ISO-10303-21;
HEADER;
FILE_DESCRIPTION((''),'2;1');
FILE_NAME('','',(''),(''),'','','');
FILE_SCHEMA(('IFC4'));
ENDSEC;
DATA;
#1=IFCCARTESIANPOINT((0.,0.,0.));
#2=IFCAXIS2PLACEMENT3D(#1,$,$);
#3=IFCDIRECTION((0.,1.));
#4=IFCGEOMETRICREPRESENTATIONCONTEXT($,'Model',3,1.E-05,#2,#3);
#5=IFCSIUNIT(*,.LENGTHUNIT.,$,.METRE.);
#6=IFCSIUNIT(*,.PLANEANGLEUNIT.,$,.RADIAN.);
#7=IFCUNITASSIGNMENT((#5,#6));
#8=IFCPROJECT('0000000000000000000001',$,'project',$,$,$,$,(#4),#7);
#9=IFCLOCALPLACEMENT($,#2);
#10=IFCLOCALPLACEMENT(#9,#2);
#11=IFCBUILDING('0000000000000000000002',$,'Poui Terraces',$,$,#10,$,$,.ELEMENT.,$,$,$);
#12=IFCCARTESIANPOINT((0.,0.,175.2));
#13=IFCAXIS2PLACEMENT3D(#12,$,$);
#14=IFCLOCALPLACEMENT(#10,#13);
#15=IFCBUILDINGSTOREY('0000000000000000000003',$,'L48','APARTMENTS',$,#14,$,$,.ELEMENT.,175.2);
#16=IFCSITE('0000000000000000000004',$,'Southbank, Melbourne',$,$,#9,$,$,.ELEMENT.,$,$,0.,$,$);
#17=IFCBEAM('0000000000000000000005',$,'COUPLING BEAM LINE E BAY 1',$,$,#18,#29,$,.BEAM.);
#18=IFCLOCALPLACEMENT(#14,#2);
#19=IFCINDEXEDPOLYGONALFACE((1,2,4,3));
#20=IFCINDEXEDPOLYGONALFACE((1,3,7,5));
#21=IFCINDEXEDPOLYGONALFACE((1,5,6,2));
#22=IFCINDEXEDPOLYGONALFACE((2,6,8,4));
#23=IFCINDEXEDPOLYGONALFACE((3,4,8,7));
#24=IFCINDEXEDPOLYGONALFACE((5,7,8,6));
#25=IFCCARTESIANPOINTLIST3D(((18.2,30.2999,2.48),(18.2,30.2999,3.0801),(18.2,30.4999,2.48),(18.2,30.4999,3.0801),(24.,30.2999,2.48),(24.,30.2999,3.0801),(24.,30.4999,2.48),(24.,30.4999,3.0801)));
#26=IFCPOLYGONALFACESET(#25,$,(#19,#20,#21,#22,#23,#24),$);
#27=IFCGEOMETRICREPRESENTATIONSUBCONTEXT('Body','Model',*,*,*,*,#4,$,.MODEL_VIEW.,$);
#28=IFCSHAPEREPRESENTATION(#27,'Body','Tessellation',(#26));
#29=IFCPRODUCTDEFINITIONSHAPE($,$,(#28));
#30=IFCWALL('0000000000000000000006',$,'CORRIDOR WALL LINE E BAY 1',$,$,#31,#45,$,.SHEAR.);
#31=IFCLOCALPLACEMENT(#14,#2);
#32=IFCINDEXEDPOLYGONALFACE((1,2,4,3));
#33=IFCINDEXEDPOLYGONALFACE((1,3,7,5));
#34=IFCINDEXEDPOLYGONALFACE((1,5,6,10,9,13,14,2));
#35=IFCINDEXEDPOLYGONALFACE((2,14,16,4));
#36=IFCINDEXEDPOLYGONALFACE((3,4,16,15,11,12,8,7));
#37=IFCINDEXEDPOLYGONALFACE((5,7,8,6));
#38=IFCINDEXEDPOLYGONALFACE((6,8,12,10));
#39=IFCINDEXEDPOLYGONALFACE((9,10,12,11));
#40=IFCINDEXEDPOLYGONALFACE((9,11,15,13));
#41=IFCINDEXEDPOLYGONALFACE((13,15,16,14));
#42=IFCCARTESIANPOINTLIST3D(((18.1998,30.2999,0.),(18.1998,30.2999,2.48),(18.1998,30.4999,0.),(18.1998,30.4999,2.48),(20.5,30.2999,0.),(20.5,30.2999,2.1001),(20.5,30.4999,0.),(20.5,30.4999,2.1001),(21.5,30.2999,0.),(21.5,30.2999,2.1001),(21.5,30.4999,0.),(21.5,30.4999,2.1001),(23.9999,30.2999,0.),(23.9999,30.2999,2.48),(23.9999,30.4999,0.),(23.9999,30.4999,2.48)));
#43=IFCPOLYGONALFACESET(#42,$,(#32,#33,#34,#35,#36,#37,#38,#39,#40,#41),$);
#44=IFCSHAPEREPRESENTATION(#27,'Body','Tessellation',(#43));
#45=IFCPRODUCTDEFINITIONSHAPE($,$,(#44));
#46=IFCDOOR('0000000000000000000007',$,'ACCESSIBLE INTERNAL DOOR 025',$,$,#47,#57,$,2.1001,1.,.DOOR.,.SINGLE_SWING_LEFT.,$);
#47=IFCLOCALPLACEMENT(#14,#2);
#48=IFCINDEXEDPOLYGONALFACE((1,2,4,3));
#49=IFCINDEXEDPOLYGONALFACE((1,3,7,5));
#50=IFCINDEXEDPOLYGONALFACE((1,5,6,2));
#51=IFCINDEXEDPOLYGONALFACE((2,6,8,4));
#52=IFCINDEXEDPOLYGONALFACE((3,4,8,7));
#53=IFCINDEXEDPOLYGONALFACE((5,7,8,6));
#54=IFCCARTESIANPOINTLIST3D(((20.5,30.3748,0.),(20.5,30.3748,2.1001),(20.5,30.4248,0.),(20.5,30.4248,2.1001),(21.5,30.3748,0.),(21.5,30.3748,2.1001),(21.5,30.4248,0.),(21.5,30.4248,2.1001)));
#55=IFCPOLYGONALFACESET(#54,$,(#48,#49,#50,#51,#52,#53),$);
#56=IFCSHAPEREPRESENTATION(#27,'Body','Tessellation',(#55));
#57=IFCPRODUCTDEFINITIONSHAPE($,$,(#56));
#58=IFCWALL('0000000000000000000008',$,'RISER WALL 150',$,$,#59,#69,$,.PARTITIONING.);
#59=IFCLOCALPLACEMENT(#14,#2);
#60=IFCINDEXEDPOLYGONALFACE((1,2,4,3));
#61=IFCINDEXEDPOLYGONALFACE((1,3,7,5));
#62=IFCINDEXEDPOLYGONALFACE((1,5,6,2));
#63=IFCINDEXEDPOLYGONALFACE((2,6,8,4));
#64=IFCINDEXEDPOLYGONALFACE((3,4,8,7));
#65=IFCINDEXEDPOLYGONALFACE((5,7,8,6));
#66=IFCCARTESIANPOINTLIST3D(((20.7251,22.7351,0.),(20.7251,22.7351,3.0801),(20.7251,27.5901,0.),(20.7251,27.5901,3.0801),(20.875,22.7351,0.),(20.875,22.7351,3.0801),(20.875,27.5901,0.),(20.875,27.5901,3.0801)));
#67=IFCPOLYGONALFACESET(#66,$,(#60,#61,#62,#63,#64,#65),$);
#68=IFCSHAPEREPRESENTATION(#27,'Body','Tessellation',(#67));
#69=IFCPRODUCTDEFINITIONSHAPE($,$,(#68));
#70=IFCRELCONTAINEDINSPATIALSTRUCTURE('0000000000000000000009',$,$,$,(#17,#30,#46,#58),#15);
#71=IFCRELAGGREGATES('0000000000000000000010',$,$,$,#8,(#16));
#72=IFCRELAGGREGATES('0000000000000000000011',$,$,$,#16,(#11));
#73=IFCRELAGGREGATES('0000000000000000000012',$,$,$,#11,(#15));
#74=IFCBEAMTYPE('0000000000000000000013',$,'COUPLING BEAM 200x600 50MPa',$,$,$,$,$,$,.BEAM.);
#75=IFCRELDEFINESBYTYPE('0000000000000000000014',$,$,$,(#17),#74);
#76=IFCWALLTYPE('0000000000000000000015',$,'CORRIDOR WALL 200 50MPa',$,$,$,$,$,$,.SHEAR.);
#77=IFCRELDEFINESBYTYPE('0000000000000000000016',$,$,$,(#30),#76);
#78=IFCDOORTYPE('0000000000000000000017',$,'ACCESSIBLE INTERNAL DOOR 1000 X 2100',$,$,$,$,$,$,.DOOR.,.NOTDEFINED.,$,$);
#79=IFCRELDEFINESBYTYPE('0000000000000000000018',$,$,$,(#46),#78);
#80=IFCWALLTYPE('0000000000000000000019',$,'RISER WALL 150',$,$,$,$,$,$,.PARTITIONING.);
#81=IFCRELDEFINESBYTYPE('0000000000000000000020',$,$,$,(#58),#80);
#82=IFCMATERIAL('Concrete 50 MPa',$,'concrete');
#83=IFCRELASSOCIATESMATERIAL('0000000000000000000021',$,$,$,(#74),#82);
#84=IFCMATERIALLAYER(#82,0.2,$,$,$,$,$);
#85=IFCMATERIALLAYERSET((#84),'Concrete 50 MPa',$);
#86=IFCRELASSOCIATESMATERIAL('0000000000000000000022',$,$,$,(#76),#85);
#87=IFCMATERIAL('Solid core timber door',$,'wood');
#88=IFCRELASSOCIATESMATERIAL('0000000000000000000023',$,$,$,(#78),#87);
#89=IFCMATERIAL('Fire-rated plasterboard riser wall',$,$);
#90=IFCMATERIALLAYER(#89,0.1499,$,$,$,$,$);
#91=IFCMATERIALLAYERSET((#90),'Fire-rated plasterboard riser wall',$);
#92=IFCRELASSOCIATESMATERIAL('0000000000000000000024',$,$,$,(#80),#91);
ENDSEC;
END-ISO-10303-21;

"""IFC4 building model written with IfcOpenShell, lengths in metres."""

from ifc_helpers import new_model, si_unit, direction, frame, frame_2d, origin, origin_2d, place, context, subcontext, project, spatial, rectangle, extrude, source, transform, mapped, material, layer, layer_set, material_profile, profile_set, type_object, element, fill, save


model = new_model("IFC4")

# Units and contexts
model_context = context("Model", 3, precision=1e-05, world=origin(), true_north=direction((0.0, 1.0)))
body_context = subcontext(model_context, "Body", "Model", "MODEL_VIEW")
ifc_project = project(units=[si_unit("LENGTHUNIT", "METRE"), si_unit("PLANEANGLEUNIT", "RADIAN")], contexts=[model_context])

# Site, building, storey
site_placement = place(None, origin())
site = spatial("IfcSite", under=ifc_project, at=site_placement, Name="Southbank, Melbourne", CompositionType="ELEMENT", RefElevation=0.0)
building_placement = place(site_placement, origin())
building = spatial("IfcBuilding", under=site, at=building_placement, Name="Poui Terraces", CompositionType="ELEMENT")
storey_placement = place(building_placement, frame((0.0, 0.0, 175.2)))
storey = spatial("IfcBuildingStorey", under=building, at=storey_placement, Name="L48", Description="APARTMENTS", CompositionType="ELEMENT", Elevation=175.2)

# Beam
ifc_material_1 = material(Name="Concrete 50 MPa", Category="concrete")
ifc_material_profile = material_profile(ifc_material_1, rectangle(XDim=0.2, YDim=0.6001, at=origin_2d()), Name="RC 200x600")
ifc_profile_set = profile_set([ifc_material_profile], Name="Concrete 50 MPa")
beam_type = type_object("IfcBeamType", Name="COUPLING BEAM 200x600 50MPa", PredefinedType="BEAM", material=ifc_profile_set)
shared_shape = source(origin(), body_context, "Body", "SweptSolid", [
    extrude(rectangle(XDim=0.2, YDim=0.6001, at=origin_2d()), origin(), (0.0, 0.0, 1.0), 5.8),
])
beam_placement = place(storey_placement, frame((18.2, 30.3999, 2.78), z_axis=(1.0, 0.0, 0.0), x_axis=(0.0, 1.0, 0.0)))
element("IfcBeam", 1, at=beam_placement, inside=storey, type_object=beam_type, Name="COUPLING BEAM LINE E BAY 1", PredefinedType="BEAM", context=body_context, shape_type="MappedRepresentation", body=[
    mapped(shared_shape, transform((0.0, 0.0, 0.0))),
])

# Wall, opening, door
ifc_layer_1 = layer(ifc_material_1, 0.2)
ifc_layer_set_1 = layer_set([ifc_layer_1], Name="Concrete 50 MPa")
wall_type_1 = type_object("IfcWallType", Name="CORRIDOR WALL 200 50MPa", PredefinedType="SHEAR", material=ifc_layer_set_1)
wall_1_placement = place(storey_placement, frame((18.2, 30.3999, 0.0), z_axis=(0.0, 0.0, 1.0), x_axis=(1.0, 0.0, 0.0)))
wall_1 = element("IfcWall", 2, at=wall_1_placement, inside=storey, type_object=wall_type_1, Name="CORRIDOR WALL LINE E BAY 1", PredefinedType="SHEAR", context=body_context, shape_type="SweptSolid", body=[
    extrude(rectangle(XDim=5.8, YDim=0.2, at=frame_2d((2.8999, 0.0))), origin(), (0.0, 0.0, 1.0), 2.48),
])
opening_1_placement = place(wall_1_placement, frame((2.3, 0.0, 0.0)))
opening_1 = element("IfcOpeningElement", 3, at=opening_1_placement, cuts=wall_1, PredefinedType="OPENING", context=body_context, shape_type="SweptSolid", body=[
    extrude(rectangle(XDim=1.0, YDim=2.1001, at=frame_2d((0.5, 1.05))), frame((0.0, 0.1099, 0.0), z_axis=(0.0, -1.0, 0.0), x_axis=(1.0, 0.0, 0.0)), (0.0, 0.0, 1.0), 0.22),
])
ifc_material_2 = material(Name="Solid core timber door", Category="wood")
door_type_1 = type_object("IfcDoorType", Name="ACCESSIBLE INTERNAL DOOR 1000 X 2100", OperationType="NOTDEFINED", PredefinedType="DOOR", material=ifc_material_2)
door_1_placement = place(opening_1_placement, origin())
door_1 = element("IfcDoor", 4, at=door_1_placement, inside=storey, type_object=door_type_1, Name="ACCESSIBLE INTERNAL DOOR 025", OperationType="SINGLE_SWING_LEFT", OverallHeight=2.1001, OverallWidth=1.0, PredefinedType="DOOR", context=body_context, shape_type="SweptSolid", body=[
    extrude(rectangle(XDim=1.0, YDim=2.1001, at=frame_2d((0.5, 1.05))), frame((0.0, 0.0249, 0.0), z_axis=(0.0, -1.0, 0.0), x_axis=(1.0, 0.0, 0.0)), (0.0, 0.0, 1.0), 0.05),
])
fill(opening_1, door_1)

# Wall
ifc_material_3 = material(Name="Fire-rated plasterboard riser wall")
ifc_layer_2 = layer(ifc_material_3, 0.1499)
ifc_layer_set_2 = layer_set([ifc_layer_2], Name="Fire-rated plasterboard riser wall")
wall_type_2 = type_object("IfcWallType", Name="RISER WALL 150", PredefinedType="PARTITIONING", material=ifc_layer_set_2)
wall_2_placement = place(storey_placement, frame((20.8, 22.7351, 0.0), z_axis=(0.0, 0.0, 1.0), x_axis=(0.0, 1.0, 0.0)))
element("IfcWall", 5, at=wall_2_placement, inside=storey, type_object=wall_type_2, Name="RISER WALL 150", PredefinedType="PARTITIONING", context=body_context, shape_type="SweptSolid", body=[
    extrude(rectangle(XDim=4.855, YDim=0.1499, at=frame_2d((2.4275, 0.0))), origin(), (0.0, 0.0, 1.0), 3.0801),
])

save(model, "model.ifc")
